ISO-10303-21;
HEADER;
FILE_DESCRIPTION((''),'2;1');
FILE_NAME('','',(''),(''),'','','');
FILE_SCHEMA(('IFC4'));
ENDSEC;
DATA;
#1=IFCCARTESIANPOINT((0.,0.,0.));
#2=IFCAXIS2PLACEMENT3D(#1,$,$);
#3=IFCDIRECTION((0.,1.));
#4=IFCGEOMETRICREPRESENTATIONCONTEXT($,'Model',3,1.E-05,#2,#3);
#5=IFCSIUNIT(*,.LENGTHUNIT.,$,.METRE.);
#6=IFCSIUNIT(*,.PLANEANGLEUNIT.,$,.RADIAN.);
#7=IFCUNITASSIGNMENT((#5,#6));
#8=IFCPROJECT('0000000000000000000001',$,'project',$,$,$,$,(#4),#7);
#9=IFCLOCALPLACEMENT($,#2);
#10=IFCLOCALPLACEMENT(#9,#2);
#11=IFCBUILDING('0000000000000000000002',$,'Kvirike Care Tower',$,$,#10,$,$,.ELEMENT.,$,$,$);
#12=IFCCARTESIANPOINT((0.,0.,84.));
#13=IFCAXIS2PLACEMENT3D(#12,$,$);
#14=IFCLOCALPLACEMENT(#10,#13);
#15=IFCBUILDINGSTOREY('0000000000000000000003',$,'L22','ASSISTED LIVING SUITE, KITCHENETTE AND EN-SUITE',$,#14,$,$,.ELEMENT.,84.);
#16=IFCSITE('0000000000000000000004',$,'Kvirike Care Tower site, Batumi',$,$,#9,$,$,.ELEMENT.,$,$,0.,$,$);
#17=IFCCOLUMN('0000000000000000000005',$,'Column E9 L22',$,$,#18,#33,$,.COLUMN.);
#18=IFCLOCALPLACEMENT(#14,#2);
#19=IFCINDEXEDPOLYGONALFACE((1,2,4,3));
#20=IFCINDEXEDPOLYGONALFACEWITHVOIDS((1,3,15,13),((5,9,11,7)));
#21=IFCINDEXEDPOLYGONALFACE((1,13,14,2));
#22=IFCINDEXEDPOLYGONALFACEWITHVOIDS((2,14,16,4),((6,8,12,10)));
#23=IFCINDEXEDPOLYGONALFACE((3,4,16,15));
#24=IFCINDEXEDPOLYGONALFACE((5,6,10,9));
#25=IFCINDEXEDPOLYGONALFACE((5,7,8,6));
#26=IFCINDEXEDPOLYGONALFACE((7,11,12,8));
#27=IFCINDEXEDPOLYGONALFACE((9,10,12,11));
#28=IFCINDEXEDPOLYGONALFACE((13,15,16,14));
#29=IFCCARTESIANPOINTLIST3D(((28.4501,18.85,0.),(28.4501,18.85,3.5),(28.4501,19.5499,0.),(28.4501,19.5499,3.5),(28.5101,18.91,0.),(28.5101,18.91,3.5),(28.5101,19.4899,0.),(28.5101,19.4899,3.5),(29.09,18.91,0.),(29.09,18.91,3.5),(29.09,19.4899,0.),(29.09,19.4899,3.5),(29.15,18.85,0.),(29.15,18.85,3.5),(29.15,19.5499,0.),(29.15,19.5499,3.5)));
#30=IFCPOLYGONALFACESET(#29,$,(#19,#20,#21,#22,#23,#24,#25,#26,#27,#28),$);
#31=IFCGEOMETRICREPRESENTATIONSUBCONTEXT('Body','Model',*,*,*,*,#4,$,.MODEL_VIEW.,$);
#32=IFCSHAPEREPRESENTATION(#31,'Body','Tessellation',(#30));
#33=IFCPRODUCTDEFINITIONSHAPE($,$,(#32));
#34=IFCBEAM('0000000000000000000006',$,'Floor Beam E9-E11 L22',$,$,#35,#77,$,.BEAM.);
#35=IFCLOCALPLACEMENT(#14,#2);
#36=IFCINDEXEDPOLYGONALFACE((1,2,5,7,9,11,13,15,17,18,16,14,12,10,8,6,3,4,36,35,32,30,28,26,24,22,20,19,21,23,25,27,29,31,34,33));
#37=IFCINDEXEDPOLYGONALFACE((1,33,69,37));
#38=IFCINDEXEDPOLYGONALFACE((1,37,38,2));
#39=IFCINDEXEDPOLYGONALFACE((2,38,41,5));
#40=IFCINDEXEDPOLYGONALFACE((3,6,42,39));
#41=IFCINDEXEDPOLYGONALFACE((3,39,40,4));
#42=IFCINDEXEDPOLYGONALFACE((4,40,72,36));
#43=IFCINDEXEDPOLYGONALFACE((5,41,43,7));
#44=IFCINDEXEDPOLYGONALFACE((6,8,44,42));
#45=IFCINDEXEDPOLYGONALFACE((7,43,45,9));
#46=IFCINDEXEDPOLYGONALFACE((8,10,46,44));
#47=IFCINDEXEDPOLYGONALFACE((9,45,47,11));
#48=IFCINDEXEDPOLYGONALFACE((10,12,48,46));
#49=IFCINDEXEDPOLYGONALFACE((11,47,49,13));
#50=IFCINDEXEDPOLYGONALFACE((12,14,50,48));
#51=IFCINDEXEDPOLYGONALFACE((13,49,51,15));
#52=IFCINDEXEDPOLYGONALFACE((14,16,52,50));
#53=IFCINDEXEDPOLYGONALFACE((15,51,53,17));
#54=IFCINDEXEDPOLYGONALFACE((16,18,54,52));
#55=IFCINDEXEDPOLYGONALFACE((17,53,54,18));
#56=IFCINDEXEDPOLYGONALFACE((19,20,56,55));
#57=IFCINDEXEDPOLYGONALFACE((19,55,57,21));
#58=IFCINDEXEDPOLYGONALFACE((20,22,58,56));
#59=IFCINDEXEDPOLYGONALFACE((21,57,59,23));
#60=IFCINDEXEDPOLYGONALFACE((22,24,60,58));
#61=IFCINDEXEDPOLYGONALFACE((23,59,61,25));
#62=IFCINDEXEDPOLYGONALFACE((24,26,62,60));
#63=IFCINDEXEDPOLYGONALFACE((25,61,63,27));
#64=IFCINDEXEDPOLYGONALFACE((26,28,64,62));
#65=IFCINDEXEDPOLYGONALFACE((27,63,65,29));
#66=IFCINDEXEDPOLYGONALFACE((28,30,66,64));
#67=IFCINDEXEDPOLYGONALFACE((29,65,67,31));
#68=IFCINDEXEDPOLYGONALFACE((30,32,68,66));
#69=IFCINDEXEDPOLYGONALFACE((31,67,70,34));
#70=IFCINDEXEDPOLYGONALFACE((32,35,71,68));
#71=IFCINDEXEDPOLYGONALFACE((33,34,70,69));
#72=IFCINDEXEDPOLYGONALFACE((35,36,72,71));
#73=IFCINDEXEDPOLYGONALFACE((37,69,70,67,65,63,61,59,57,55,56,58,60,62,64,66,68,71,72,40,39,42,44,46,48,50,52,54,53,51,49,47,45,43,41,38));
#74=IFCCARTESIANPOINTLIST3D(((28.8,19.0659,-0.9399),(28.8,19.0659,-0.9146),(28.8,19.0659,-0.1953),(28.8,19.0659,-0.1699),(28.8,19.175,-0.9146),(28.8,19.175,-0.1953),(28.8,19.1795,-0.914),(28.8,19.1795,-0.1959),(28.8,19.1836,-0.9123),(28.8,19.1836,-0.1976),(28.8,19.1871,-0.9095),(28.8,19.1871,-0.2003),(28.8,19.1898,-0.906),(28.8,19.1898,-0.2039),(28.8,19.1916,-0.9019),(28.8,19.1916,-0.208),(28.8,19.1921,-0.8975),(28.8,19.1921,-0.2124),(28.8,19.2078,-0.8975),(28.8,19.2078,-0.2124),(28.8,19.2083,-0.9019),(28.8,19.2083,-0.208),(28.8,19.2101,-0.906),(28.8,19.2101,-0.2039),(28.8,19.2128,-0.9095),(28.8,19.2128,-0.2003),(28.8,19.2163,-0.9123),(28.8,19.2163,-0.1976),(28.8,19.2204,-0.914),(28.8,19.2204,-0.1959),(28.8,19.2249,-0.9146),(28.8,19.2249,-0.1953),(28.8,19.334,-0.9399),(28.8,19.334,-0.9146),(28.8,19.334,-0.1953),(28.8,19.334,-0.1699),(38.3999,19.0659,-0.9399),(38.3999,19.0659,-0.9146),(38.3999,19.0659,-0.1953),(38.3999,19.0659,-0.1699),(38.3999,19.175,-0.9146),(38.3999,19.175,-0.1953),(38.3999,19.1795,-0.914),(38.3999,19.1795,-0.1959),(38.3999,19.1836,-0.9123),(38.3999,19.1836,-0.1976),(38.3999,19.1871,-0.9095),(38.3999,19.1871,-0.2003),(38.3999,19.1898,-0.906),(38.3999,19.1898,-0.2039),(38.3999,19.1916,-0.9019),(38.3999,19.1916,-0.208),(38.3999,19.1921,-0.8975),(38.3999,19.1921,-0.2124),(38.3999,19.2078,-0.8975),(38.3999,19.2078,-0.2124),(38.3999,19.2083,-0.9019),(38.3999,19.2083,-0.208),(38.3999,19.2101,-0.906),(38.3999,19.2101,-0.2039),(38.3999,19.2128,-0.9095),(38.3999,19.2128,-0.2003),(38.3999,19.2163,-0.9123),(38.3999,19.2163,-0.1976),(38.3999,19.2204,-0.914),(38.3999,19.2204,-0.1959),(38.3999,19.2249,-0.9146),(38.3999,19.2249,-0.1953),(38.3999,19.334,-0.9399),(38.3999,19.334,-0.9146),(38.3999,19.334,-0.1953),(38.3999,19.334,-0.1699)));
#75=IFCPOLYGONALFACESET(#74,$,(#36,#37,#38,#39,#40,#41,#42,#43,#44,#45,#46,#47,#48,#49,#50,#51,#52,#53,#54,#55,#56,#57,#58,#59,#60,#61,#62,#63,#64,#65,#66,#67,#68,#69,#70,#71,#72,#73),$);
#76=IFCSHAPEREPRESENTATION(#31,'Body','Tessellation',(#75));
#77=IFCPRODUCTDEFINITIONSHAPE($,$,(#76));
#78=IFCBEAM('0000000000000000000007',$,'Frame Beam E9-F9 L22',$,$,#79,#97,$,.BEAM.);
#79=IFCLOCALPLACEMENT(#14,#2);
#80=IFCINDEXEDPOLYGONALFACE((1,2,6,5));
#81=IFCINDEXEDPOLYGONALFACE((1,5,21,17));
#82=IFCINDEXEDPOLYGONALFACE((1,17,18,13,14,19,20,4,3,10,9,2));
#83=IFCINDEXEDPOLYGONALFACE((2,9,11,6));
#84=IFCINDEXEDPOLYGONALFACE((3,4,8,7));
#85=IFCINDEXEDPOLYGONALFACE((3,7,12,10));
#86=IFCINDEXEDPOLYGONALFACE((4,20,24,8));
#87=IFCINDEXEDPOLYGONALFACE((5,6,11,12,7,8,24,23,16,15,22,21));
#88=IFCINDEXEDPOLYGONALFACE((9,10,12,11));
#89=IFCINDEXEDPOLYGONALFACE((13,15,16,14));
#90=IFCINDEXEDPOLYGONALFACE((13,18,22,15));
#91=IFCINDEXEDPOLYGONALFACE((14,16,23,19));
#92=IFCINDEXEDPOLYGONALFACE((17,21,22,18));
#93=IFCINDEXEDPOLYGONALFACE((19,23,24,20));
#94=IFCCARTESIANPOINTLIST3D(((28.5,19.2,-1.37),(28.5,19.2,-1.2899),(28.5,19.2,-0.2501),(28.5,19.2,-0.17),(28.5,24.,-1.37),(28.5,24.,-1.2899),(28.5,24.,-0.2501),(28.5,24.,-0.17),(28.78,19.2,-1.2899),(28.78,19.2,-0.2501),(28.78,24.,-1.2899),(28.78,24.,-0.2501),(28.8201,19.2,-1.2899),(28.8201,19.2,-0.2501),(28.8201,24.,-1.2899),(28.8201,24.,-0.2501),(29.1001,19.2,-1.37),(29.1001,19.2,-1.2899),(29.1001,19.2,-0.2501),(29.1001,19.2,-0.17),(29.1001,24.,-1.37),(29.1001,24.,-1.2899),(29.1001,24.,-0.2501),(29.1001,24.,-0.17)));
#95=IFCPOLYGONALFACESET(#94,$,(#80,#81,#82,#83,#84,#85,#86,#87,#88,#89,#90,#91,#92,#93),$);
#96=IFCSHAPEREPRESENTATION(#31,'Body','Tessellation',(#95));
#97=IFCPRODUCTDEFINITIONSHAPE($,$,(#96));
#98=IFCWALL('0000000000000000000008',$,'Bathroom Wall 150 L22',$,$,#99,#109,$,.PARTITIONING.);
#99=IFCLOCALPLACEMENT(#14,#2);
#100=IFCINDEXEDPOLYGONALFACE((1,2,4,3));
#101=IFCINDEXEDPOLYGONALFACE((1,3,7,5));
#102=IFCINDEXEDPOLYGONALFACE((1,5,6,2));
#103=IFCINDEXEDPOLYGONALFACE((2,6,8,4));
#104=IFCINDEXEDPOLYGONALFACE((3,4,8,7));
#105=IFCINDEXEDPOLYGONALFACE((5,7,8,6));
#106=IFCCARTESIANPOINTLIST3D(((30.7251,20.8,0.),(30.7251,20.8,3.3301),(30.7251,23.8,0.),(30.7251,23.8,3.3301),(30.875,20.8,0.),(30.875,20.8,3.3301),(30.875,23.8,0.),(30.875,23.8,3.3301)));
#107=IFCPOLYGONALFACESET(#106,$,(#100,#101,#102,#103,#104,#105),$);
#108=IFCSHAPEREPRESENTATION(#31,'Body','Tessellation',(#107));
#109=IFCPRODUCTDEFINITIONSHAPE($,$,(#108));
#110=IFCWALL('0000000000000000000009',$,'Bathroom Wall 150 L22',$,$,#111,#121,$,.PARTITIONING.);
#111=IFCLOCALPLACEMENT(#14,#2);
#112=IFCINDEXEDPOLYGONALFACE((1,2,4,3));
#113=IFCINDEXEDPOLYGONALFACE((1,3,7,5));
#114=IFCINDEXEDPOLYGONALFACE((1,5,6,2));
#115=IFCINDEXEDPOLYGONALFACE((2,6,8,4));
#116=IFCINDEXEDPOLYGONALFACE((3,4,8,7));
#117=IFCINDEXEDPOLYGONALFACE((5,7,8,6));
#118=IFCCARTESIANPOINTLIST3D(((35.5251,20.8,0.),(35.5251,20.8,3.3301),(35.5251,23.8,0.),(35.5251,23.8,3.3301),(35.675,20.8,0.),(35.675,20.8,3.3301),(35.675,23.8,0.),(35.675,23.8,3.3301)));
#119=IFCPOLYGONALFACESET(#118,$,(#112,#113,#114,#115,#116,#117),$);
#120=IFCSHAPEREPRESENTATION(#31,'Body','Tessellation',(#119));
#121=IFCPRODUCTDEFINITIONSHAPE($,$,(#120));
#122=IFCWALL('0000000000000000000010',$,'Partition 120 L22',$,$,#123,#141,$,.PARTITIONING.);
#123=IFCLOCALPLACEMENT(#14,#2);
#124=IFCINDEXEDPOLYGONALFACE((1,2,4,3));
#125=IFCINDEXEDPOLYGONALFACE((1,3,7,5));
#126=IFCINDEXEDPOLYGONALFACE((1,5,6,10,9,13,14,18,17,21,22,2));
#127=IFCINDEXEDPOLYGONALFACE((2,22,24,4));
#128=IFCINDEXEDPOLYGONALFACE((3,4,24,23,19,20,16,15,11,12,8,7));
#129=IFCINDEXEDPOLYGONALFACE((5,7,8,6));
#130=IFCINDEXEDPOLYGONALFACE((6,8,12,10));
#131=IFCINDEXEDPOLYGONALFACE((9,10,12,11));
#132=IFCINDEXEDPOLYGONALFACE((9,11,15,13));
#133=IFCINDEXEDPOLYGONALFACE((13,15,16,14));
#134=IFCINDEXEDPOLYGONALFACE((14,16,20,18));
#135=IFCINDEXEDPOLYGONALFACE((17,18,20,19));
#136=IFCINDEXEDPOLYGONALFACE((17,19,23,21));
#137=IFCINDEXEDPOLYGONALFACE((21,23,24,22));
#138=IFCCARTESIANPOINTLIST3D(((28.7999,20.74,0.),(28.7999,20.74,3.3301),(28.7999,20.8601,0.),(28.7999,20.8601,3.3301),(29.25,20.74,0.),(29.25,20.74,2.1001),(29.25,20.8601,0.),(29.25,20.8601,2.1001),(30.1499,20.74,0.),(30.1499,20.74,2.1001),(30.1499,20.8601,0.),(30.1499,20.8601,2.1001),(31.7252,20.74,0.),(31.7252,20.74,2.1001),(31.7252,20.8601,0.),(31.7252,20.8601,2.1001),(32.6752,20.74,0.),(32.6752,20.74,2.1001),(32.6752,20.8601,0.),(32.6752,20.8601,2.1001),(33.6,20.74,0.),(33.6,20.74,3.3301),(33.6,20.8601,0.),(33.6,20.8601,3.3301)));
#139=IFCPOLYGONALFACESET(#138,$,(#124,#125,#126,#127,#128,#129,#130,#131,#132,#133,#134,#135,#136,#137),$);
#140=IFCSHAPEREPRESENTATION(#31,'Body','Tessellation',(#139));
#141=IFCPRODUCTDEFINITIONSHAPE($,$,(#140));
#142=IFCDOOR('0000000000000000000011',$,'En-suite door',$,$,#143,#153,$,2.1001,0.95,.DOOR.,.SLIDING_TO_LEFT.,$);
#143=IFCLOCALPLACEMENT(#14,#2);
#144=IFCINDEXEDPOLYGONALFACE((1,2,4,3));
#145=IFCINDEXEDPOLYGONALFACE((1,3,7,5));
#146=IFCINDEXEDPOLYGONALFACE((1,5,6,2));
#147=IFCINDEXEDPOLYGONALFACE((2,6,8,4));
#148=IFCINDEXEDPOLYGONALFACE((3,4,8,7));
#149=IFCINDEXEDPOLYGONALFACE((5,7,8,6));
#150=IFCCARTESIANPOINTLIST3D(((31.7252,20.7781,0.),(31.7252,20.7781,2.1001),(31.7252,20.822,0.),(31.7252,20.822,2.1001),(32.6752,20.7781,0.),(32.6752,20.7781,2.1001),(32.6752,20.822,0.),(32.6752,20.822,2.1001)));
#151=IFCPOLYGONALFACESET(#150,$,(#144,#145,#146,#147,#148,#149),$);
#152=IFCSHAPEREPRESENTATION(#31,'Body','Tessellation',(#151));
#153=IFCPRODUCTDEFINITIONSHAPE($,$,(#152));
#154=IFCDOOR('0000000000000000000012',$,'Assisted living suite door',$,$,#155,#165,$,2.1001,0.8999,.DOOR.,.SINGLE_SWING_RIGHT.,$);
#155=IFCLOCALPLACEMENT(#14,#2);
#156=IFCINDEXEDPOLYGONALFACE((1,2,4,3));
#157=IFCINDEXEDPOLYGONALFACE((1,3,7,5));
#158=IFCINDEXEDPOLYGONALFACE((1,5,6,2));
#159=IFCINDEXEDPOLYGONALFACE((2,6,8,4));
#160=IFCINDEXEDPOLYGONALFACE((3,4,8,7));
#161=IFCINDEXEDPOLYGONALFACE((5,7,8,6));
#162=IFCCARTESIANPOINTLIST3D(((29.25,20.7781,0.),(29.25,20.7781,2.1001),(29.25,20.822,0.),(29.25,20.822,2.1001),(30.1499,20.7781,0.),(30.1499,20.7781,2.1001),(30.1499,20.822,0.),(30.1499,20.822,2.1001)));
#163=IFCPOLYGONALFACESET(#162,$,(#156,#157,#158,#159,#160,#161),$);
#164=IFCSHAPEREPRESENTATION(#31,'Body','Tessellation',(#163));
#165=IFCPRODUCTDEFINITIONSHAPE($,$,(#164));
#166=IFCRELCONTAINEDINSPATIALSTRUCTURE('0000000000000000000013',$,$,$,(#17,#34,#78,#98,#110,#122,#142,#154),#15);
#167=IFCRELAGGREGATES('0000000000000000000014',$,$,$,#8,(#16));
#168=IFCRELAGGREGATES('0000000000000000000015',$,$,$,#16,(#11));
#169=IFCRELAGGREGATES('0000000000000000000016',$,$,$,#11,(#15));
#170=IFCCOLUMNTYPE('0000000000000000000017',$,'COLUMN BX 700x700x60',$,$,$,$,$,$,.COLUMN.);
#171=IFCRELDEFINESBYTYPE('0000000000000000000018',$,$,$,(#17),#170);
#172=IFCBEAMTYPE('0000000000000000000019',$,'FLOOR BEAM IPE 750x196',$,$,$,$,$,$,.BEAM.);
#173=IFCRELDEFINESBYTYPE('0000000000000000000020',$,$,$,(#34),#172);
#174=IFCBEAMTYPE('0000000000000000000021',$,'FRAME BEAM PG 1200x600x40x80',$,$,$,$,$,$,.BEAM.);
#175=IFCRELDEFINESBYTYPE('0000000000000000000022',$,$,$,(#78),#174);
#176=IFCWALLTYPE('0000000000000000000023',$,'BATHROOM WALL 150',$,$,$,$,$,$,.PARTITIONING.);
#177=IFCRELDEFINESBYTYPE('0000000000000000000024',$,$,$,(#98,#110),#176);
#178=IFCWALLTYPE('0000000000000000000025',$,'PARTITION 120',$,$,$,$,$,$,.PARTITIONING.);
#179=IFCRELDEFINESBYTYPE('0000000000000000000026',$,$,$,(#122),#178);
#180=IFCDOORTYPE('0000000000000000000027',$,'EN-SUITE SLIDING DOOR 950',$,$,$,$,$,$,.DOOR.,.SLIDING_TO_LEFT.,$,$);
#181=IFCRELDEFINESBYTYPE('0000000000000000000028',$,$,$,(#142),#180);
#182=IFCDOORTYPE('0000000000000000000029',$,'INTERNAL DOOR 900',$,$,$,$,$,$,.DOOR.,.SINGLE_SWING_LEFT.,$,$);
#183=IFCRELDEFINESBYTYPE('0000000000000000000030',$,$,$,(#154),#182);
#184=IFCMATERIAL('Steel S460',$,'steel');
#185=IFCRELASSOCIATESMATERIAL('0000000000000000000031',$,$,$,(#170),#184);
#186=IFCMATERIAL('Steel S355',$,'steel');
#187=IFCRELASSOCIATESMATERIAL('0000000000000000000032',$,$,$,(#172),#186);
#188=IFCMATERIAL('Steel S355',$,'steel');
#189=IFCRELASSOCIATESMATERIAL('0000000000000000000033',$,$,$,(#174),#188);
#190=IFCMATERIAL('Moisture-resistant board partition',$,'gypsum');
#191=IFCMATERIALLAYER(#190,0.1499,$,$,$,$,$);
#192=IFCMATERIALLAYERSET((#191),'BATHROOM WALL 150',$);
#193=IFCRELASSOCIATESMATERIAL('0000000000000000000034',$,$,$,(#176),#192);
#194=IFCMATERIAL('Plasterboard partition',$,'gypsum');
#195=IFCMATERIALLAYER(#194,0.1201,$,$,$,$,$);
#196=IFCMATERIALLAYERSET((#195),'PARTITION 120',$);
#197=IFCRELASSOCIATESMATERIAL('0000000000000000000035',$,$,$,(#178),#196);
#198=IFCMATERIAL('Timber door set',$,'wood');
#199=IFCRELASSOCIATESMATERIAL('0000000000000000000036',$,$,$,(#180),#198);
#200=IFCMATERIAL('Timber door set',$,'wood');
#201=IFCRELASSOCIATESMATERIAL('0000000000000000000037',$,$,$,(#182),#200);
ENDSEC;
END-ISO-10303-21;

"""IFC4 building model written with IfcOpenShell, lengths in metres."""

from ifc_helpers import new_model, si_unit, direction, frame, frame_2d, origin, origin_2d, place, context, subcontext, project, spatial, rectangle, hollow_rectangle, i_section, extrude, material, layer, layer_set, material_profile, profile_set, type_object, element, fill, save


model = new_model("IFC4")

# Units and contexts
model_context = context("Model", 3, precision=1e-05, world=origin(), true_north=direction((0.0, 1.0)))
body_context = subcontext(model_context, "Body", "Model", "MODEL_VIEW")
ifc_project = project(units=[si_unit("LENGTHUNIT", "METRE"), si_unit("PLANEANGLEUNIT", "RADIAN")], contexts=[model_context])

# Site, building, storey
site_placement = place(None, origin())
site = spatial("IfcSite", under=ifc_project, at=site_placement, Name="Kvirike Care Tower site, Batumi", CompositionType="ELEMENT", RefElevation=0.0)
building_placement = place(site_placement, origin())
building = spatial("IfcBuilding", under=site, at=building_placement, Name="Kvirike Care Tower", CompositionType="ELEMENT")
storey_placement = place(building_placement, frame((0.0, 0.0, 84.0)))
storey = spatial("IfcBuildingStorey", under=building, at=storey_placement, Name="L22", Description="ASSISTED LIVING SUITE, KITCHENETTE AND EN-SUITE", CompositionType="ELEMENT", Elevation=84.0)

# Column
ifc_material_1 = material(Name="Steel S460", Category="steel")
ifc_material_profile_1 = material_profile(ifc_material_1, hollow_rectangle(XDim=0.7, YDim=0.7, WallThickness=0.0601, at=origin_2d()), Name="BX 700x700x60")
ifc_profile_set_1 = profile_set([ifc_material_profile_1], Name="Steel S460")
column_type = type_object("IfcColumnType", Name="COLUMN BX 700x700x60", PredefinedType="COLUMN", material=ifc_profile_set_1)
column_placement = place(storey_placement, frame((28.8, 19.2, 0.0), z_axis=(0.0, 0.0, 1.0), x_axis=(1.0, 0.0, 0.0)))
element("IfcColumn", 1, at=column_placement, inside=storey, type_object=column_type, Name="Column E9 L22", PredefinedType="COLUMN", context=body_context, shape_type="SweptSolid", body=[
    extrude(hollow_rectangle(XDim=0.7, YDim=0.7, WallThickness=0.0601, at=origin_2d()), origin(), (0.0, 0.0, 1.0), 3.5),
])

# Beams
ifc_material_2 = material(Name="Steel S355", Category="steel")
ifc_material_profile_2 = material_profile(ifc_material_2, i_section(OverallWidth=0.2681, OverallDepth=0.77, WebThickness=0.0156, FlangeThickness=0.0254, FilletRadius=0.0171, at=origin_2d()), Name="IPE 750x196")
ifc_profile_set_2 = profile_set([ifc_material_profile_2], Name="Steel S355")
beam_type_1 = type_object("IfcBeamType", Name="FLOOR BEAM IPE 750x196", PredefinedType="BEAM", material=ifc_profile_set_2)
beam_1_placement = place(storey_placement, frame((28.8, 19.2, -0.5549), z_axis=(1.0, 0.0, 0.0), x_axis=(0.0, 1.0, 0.0)))
element("IfcBeam", 2, at=beam_1_placement, inside=storey, type_object=beam_type_1, Name="Floor Beam E9-E11 L22", PredefinedType="BEAM", context=body_context, shape_type="SweptSolid", body=[
    extrude(i_section(OverallWidth=0.2681, OverallDepth=0.77, WebThickness=0.0156, FlangeThickness=0.0254, FilletRadius=0.0171, at=origin_2d()), origin(), (0.0, 0.0, 1.0), 9.5999),
])
ifc_material_3 = material(Name="Steel S355", Category="steel")
ifc_material_profile_3 = material_profile(ifc_material_3, i_section(OverallWidth=0.6001, OverallDepth=1.2, WebThickness=0.04, FlangeThickness=0.0801, at=origin_2d()), Name="PG 1200x600x40x80")
ifc_profile_set_3 = profile_set([ifc_material_profile_3], Name="Steel S355")
beam_type_2 = type_object("IfcBeamType", Name="FRAME BEAM PG 1200x600x40x80", PredefinedType="BEAM", material=ifc_profile_set_3)
beam_2_placement = place(storey_placement, frame((28.8, 19.2, -0.77), z_axis=(0.0, 1.0, 0.0), x_axis=(-1.0, 0.0, 0.0)))
element("IfcBeam", 3, at=beam_2_placement, inside=storey, type_object=beam_type_2, Name="Frame Beam E9-F9 L22", PredefinedType="BEAM", context=body_context, shape_type="SweptSolid", body=[
    extrude(i_section(OverallWidth=0.6001, OverallDepth=1.2, WebThickness=0.04, FlangeThickness=0.0801, at=origin_2d()), origin(), (0.0, 0.0, 1.0), 4.8),
])

# Walls
ifc_material_4 = material(Name="Moisture-resistant board partition", Category="gypsum")
ifc_layer_1 = layer(ifc_material_4, 0.1499)
ifc_layer_set_1 = layer_set([ifc_layer_1], Name="BATHROOM WALL 150")
wall_type_1 = type_object("IfcWallType", Name="BATHROOM WALL 150", PredefinedType="PARTITIONING", material=ifc_layer_set_1)
for number, where, z_axis, x_axis, name in (
    (4, (30.8, 20.8, 0.0), (0.0, 0.0, 1.0), (0.0, 1.0, 0.0), "Bathroom Wall 150 L22"),
    (5, (35.6001, 20.8, 0.0), (0.0, 0.0, 1.0), (0.0, 1.0, 0.0), "Bathroom Wall 150 L22"),
):
    element("IfcWall", number, at=place(storey_placement, frame(where, z_axis=z_axis, x_axis=x_axis)), inside=storey, type_object=wall_type_1, Name=name, PredefinedType="PARTITIONING", context=body_context, shape_type="SweptSolid", body=[
        extrude(rectangle(XDim=3.0, YDim=0.1499, at=frame_2d((1.5, 0.0))), origin(), (0.0, 0.0, 1.0), 3.3301),
    ])

# Wall, openings, doors
ifc_material_5 = material(Name="Plasterboard partition", Category="gypsum")
ifc_layer_2 = layer(ifc_material_5, 0.1201)
ifc_layer_set_2 = layer_set([ifc_layer_2], Name="PARTITION 120")
wall_type_2 = type_object("IfcWallType", Name="PARTITION 120", PredefinedType="PARTITIONING", material=ifc_layer_set_2)
wall_1_placement = place(storey_placement, frame((28.8, 20.8, 0.0), z_axis=(0.0, 0.0, 1.0), x_axis=(1.0, 0.0, 0.0)))
wall_1 = element("IfcWall", 6, at=wall_1_placement, inside=storey, type_object=wall_type_2, Name="Partition 120 L22", PredefinedType="PARTITIONING", context=body_context, shape_type="SweptSolid", body=[
    extrude(rectangle(XDim=4.8, YDim=0.1201, at=frame_2d((2.3999, 0.0))), origin(), (0.0, 0.0, 1.0), 3.3301),
])
opening_1_placement = place(wall_1_placement, frame((0.45, 0.0, 0.0)))
opening_1 = element("IfcOpeningElement", 7, at=opening_1_placement, cuts=wall_1, PredefinedType="OPENING", context=body_context, shape_type="SweptSolid", body=[
    extrude(rectangle(XDim=0.8999, YDim=2.1001, at=frame_2d((0.45, 1.05))), frame((0.0, 0.0706, 0.0), z_axis=(0.0, -1.0, 0.0), x_axis=(1.0, 0.0, 0.0)), (0.0, 0.0, 1.0), 0.1411),
])
opening_2_placement = place(wall_1_placement, frame((2.925, 0.0, 0.0)))
opening_2 = element("IfcOpeningElement", 8, at=opening_2_placement, cuts=wall_1, PredefinedType="OPENING", context=body_context, shape_type="SweptSolid", body=[
    extrude(rectangle(XDim=0.95, YDim=2.1001, at=frame_2d((0.4751, 1.05))), frame((0.0, 0.0706, 0.0), z_axis=(0.0, -1.0, 0.0), x_axis=(1.0, 0.0, 0.0)), (0.0, 0.0, 1.0), 0.1411),
])
ifc_material_6 = material(Name="Timber door set", Category="wood")
door_type_1 = type_object("IfcDoorType", Name="EN-SUITE SLIDING DOOR 950", OperationType="SLIDING_TO_LEFT", PredefinedType="DOOR", material=ifc_material_6)
door_1_placement = place(opening_2_placement, origin())
door_1 = element("IfcDoor", 9, at=door_1_placement, inside=storey, type_object=door_type_1, Name="En-suite door", OperationType="SLIDING_TO_LEFT", OverallHeight=2.1001, OverallWidth=0.95, PredefinedType="DOOR", context=body_context, shape_type="SweptSolid", body=[
    extrude(rectangle(XDim=0.95, YDim=2.1001, at=frame_2d((0.4751, 1.05))), frame((0.0, 0.022, 0.0), z_axis=(0.0, -1.0, 0.0), x_axis=(1.0, 0.0, 0.0)), (0.0, 0.0, 1.0), 0.0439),
])
fill(opening_2, door_1)
ifc_material_7 = material(Name="Timber door set", Category="wood")
door_type_2 = type_object("IfcDoorType", Name="INTERNAL DOOR 900", OperationType="SINGLE_SWING_LEFT", PredefinedType="DOOR", material=ifc_material_7)
door_2_placement = place(opening_1_placement, origin())
door_2 = element("IfcDoor", 10, at=door_2_placement, inside=storey, type_object=door_type_2, Name="Assisted living suite door", OperationType="SINGLE_SWING_RIGHT", OverallHeight=2.1001, OverallWidth=0.8999, PredefinedType="DOOR", context=body_context, shape_type="SweptSolid", body=[
    extrude(rectangle(XDim=0.8999, YDim=2.1001, at=frame_2d((0.45, 1.05))), frame((0.0, 0.022, 0.0), z_axis=(0.0, -1.0, 0.0), x_axis=(1.0, 0.0, 0.0)), (0.0, 0.0, 1.0), 0.0439),
])
fill(opening_1, door_2)

save(model, "model.ifc")
